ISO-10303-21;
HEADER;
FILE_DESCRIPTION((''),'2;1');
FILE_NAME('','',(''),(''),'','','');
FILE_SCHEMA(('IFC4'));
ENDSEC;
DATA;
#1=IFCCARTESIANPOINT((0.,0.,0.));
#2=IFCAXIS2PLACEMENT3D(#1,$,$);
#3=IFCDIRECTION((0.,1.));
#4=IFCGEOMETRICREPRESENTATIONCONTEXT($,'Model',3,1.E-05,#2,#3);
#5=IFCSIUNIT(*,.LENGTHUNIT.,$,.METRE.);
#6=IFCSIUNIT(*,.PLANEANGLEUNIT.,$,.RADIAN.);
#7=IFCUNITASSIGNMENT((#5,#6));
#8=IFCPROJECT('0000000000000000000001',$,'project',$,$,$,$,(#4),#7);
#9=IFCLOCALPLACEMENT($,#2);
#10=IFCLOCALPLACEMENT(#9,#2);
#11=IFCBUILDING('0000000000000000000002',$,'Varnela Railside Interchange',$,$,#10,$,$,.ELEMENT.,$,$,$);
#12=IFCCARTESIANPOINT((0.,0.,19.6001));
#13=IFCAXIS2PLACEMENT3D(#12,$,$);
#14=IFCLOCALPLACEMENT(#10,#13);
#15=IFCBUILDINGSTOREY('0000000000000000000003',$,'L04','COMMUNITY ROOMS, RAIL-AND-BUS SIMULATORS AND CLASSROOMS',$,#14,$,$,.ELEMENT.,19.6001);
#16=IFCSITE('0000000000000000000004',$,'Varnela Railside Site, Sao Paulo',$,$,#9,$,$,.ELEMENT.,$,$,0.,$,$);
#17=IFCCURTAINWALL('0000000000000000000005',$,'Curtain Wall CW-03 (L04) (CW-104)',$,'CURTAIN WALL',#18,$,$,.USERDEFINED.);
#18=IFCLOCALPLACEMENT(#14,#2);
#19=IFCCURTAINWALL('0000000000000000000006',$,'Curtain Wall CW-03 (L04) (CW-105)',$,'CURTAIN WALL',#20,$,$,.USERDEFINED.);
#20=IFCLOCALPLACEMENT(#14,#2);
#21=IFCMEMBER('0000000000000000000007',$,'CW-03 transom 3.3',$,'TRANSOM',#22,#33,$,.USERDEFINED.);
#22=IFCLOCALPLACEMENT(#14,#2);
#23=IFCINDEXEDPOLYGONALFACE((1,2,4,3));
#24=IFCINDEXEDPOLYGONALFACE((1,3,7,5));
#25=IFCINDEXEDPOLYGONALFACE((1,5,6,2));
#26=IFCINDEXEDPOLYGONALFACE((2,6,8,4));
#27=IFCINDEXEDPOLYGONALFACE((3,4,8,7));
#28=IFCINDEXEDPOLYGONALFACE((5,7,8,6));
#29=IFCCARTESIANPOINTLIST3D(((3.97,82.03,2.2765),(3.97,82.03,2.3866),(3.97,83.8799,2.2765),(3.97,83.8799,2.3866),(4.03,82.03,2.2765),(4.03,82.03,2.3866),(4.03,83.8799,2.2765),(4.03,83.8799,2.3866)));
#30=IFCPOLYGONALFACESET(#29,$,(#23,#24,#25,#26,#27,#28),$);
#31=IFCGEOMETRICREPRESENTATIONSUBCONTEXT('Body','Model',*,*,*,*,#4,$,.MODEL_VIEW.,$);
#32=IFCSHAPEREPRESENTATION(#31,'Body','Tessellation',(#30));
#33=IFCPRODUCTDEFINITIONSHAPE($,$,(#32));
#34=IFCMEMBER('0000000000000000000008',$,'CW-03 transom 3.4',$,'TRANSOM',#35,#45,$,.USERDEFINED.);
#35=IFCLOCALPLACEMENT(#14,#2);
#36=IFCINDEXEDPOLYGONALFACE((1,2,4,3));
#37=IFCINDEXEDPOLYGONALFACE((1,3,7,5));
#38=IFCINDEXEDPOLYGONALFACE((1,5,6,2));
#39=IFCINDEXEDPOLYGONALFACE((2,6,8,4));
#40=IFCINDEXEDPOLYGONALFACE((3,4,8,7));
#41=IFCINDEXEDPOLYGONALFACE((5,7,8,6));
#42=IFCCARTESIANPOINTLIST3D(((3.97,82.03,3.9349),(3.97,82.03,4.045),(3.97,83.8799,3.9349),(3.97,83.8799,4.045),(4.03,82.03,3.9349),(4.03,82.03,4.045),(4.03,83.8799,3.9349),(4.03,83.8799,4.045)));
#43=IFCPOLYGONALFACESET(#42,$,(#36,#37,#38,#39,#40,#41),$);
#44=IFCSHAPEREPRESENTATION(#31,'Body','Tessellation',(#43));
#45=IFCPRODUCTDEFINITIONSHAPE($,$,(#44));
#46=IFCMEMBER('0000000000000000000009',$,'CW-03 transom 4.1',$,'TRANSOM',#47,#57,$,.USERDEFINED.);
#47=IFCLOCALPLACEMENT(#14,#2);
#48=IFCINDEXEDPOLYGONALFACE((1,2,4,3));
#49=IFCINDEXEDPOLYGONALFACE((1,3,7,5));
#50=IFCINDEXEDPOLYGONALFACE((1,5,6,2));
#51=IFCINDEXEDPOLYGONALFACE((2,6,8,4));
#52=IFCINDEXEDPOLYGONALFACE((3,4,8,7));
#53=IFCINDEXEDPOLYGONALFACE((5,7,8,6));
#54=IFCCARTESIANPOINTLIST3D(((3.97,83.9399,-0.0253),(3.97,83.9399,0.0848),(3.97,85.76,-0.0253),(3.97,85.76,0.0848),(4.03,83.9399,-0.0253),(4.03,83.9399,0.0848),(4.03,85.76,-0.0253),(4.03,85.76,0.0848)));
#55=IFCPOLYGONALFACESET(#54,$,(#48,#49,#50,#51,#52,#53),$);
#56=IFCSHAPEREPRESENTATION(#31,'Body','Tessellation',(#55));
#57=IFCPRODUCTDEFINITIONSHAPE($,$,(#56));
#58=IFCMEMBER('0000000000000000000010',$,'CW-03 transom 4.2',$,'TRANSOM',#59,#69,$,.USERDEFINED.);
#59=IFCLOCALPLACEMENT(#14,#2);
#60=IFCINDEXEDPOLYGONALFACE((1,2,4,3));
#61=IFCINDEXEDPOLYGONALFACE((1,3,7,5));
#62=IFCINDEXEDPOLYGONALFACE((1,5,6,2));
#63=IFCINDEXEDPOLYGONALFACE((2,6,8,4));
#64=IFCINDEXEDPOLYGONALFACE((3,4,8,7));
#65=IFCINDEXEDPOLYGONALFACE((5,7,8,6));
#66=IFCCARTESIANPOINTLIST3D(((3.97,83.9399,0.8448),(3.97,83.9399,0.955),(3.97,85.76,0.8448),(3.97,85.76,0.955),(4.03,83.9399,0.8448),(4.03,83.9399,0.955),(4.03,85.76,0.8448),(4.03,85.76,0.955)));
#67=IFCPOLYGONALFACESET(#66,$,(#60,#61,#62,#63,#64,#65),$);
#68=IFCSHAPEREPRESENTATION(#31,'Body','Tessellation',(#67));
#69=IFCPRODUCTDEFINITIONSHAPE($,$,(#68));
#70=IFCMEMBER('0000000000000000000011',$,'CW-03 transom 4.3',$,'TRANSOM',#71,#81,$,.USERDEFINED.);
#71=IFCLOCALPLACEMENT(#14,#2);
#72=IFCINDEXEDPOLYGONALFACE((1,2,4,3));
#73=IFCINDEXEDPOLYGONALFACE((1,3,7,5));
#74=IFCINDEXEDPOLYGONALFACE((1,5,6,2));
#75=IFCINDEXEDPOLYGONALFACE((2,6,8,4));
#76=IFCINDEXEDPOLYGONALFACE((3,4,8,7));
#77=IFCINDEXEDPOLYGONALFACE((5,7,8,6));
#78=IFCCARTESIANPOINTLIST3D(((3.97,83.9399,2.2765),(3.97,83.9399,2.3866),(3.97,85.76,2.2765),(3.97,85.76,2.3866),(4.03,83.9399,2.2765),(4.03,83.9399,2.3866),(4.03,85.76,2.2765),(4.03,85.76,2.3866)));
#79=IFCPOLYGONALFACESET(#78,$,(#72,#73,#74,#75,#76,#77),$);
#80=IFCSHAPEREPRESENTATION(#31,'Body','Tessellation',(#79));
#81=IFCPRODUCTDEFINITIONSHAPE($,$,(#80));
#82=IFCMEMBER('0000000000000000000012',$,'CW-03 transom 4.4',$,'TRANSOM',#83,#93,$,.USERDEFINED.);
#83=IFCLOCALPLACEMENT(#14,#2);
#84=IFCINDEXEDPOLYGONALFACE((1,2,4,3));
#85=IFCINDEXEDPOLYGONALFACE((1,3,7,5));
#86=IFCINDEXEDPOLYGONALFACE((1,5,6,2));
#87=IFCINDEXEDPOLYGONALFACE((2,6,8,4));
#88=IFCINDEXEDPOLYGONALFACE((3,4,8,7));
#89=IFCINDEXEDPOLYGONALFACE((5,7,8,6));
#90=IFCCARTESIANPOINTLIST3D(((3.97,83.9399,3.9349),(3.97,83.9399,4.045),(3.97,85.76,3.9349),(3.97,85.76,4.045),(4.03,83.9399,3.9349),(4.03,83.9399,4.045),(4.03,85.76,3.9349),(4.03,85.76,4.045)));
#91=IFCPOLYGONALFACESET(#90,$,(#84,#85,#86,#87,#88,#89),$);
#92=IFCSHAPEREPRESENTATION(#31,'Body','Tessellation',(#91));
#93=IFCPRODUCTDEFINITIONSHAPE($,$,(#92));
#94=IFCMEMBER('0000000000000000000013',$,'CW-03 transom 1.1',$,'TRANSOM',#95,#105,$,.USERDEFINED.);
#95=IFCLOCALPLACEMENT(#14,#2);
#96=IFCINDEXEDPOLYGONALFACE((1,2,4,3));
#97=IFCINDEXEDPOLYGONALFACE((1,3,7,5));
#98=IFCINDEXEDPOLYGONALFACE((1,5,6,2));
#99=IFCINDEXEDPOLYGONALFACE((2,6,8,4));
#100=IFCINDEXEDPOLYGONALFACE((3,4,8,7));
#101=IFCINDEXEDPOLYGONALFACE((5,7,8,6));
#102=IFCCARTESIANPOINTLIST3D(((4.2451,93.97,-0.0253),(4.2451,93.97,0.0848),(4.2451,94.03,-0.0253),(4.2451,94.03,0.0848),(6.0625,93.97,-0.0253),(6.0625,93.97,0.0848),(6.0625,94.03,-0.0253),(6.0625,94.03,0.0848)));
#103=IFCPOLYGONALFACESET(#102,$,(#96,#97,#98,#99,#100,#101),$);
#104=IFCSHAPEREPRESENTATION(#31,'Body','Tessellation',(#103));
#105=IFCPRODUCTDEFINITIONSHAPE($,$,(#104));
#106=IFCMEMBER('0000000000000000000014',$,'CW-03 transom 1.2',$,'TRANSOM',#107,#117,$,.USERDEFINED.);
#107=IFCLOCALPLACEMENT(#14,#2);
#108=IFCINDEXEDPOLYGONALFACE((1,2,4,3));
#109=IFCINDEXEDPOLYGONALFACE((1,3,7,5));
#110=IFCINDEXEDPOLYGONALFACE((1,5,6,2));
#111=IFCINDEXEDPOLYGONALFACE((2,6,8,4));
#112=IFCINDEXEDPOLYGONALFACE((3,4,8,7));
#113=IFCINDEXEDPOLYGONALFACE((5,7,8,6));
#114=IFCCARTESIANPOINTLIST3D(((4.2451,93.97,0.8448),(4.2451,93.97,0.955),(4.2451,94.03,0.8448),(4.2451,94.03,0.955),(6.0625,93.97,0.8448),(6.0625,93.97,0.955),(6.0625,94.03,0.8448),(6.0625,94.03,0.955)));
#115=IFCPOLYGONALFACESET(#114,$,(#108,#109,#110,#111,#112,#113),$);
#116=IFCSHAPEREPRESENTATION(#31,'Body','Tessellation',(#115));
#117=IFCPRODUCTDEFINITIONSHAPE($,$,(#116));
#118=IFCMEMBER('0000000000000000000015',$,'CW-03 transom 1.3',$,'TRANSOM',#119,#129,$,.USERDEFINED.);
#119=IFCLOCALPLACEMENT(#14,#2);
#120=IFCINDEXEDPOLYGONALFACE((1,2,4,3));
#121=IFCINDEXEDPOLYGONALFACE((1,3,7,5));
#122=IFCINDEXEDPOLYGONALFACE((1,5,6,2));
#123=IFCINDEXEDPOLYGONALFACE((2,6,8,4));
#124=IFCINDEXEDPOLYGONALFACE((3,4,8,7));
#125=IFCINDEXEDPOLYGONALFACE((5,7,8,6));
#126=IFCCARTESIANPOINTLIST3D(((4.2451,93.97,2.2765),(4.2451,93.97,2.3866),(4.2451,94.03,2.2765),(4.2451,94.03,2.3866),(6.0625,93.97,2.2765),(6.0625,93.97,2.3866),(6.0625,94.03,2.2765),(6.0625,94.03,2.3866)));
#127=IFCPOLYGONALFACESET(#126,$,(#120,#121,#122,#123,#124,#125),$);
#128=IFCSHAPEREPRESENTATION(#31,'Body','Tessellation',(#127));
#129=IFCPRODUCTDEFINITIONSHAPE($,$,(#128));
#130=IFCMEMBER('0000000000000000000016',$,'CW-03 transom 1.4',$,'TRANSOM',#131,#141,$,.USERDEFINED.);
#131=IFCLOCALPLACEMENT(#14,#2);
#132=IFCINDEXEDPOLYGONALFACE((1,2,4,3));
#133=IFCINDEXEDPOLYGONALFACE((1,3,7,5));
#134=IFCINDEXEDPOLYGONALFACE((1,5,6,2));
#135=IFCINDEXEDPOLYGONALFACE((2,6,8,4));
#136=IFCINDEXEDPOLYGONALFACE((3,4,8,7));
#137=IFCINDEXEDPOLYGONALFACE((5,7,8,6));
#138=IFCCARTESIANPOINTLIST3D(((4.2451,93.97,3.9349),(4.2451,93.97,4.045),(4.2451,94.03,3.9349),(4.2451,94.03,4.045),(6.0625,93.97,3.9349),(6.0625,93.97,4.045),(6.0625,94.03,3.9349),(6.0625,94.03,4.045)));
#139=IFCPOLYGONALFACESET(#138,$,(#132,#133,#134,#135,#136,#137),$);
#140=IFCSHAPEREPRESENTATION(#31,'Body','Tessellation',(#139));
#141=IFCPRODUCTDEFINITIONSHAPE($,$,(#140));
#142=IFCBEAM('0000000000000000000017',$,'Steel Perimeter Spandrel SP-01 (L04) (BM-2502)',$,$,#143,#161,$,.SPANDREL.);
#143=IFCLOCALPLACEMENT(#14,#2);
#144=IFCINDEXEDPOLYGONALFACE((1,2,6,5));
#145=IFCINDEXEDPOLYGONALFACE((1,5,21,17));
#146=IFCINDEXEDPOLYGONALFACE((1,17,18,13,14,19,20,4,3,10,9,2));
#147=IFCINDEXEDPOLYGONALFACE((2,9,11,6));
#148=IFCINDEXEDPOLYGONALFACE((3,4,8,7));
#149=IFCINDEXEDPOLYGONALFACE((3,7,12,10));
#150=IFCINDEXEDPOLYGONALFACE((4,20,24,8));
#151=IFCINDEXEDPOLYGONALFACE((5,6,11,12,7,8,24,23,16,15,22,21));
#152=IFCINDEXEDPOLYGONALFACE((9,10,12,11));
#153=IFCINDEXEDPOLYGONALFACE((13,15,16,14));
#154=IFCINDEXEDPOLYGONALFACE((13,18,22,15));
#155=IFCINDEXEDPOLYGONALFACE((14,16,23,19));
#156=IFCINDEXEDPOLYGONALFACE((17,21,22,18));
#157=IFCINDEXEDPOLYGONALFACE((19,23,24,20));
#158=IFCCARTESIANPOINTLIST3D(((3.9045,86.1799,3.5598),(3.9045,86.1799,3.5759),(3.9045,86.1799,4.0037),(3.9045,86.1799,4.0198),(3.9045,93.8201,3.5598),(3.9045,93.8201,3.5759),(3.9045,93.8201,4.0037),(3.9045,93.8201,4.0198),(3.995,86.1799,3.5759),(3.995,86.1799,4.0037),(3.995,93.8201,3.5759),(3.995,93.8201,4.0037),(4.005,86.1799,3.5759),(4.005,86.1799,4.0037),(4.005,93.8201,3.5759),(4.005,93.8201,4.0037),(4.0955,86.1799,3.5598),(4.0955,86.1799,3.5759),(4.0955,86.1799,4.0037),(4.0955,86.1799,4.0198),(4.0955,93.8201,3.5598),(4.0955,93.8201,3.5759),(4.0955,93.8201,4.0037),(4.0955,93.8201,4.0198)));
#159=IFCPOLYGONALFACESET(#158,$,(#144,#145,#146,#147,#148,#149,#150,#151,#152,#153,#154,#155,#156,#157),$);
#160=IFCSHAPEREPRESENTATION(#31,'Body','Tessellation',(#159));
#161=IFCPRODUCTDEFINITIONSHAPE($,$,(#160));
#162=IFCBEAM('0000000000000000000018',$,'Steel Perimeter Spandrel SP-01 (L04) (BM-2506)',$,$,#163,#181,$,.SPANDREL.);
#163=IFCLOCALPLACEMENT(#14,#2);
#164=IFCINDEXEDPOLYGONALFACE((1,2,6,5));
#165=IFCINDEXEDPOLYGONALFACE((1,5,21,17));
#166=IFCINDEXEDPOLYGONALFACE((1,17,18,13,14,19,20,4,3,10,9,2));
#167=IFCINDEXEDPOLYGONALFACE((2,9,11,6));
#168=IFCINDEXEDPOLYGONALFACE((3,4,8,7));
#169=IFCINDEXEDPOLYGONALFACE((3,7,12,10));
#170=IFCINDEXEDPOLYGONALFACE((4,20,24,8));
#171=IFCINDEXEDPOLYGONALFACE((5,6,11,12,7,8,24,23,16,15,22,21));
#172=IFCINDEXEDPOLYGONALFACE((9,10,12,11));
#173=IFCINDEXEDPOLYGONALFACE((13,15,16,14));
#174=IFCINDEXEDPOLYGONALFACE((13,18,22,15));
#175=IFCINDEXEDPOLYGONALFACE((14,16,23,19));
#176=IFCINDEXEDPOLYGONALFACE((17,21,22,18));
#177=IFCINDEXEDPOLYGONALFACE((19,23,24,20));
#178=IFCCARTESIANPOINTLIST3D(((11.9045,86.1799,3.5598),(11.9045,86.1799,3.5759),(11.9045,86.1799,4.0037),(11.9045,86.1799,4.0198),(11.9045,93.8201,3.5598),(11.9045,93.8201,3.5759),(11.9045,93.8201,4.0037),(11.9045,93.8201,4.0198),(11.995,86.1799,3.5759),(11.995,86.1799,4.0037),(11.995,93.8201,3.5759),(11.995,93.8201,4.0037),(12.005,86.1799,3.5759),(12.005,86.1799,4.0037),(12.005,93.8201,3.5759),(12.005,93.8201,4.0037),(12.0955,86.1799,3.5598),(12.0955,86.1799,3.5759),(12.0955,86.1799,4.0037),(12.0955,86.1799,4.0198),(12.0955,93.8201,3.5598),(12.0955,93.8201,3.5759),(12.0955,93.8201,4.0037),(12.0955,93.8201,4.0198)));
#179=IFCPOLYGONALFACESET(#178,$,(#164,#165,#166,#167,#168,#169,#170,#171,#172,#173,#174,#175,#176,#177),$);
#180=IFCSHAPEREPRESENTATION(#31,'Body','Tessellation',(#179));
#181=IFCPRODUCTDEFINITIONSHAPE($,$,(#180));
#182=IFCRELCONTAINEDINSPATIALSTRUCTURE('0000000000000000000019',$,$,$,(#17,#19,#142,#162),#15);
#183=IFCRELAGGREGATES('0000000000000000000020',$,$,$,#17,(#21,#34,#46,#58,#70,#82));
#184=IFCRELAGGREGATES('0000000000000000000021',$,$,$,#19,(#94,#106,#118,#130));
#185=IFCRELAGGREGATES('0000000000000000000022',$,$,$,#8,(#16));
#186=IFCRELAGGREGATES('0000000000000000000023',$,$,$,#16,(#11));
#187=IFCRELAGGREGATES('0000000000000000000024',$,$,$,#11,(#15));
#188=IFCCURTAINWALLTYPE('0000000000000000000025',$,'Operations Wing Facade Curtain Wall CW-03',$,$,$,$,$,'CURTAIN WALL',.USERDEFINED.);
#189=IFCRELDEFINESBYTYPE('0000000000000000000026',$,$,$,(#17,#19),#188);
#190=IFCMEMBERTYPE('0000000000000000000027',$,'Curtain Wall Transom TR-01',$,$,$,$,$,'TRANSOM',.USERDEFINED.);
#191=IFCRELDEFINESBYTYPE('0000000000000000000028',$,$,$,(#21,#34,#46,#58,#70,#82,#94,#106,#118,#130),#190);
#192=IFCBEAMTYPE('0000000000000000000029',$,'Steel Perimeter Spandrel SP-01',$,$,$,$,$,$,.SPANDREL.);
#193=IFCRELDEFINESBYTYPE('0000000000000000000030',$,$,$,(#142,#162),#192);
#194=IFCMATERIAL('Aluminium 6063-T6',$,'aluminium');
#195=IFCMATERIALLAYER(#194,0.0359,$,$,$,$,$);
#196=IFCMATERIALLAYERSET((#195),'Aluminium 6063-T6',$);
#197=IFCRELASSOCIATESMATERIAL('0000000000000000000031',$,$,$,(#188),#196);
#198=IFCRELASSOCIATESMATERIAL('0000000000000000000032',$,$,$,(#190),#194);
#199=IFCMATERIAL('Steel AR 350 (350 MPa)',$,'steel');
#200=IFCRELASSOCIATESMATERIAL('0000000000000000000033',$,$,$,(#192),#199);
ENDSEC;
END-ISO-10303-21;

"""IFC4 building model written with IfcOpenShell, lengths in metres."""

from ifc_helpers import new_model, si_unit, direction, frame, origin, origin_2d, place, context, subcontext, project, spatial, rectangle, i_section, extrude, material, layer, layer_set, material_profile, profile_set, type_object, element, aggregate, save


model = new_model("IFC4")

# Units and contexts
model_context = context("Model", 3, precision=1e-05, world=origin(), true_north=direction((0.0, 1.0)))
body_context = subcontext(model_context, "Body", "Model", "MODEL_VIEW")
ifc_project = project(units=[si_unit("LENGTHUNIT", "METRE"), si_unit("PLANEANGLEUNIT", "RADIAN")], contexts=[model_context])

# Site, building, storey
site_placement = place(None, origin())
site = spatial("IfcSite", under=ifc_project, at=site_placement, Name="Varnela Railside Site, Sao Paulo", CompositionType="ELEMENT", RefElevation=0.0)
building_placement = place(site_placement, origin())
building = spatial("IfcBuilding", under=site, at=building_placement, Name="Varnela Railside Interchange", CompositionType="ELEMENT")
storey_placement = place(building_placement, frame((0.0, 0.0, 19.6001)))
storey = spatial("IfcBuildingStorey", under=building, at=storey_placement, Name="L04", Description="COMMUNITY ROOMS, RAIL-AND-BUS SIMULATORS AND CLASSROOMS", CompositionType="ELEMENT", Elevation=19.6001)

# Shared definitions
ifc_material_1 = material(Name="Steel AR 350 (350 MPa)", Category="steel")

# Curtain wall
ifc_material_2 = material(Name="Aluminium 6063-T6", Category="aluminium")
ifc_layer_1 = layer(ifc_material_2, 0.0359)
ifc_layer_set_1 = layer_set([ifc_layer_1], Name="Aluminium 6063-T6")
curtain_wall_type = type_object("IfcCurtainWallType", Name="Operations Wing Facade Curtain Wall CW-03", ElementType="CURTAIN WALL", PredefinedType="USERDEFINED", material=ifc_layer_set_1)
curtain_wall_1_placement = place(storey_placement, origin())
curtain_wall_1 = element("IfcCurtainWall", 1, at=curtain_wall_1_placement, inside=storey, type_object=curtain_wall_type, Name="Curtain Wall CW-03 (L04) (CW-104)", ObjectType="CURTAIN WALL", PredefinedType="USERDEFINED")

# Curtain wall
curtain_wall_2_placement = place(storey_placement, origin())
curtain_wall_2 = element("IfcCurtainWall", 2, at=curtain_wall_2_placement, inside=storey, type_object=curtain_wall_type, Name="Curtain Wall CW-03 (L04) (CW-105)", ObjectType="CURTAIN WALL", PredefinedType="USERDEFINED")

# Members
ifc_material_profile_1 = material_profile(ifc_material_2, rectangle(XDim=0.0601, YDim=0.1101, at=origin_2d()), Name="ALU 60x110")
ifc_profile_set_1 = profile_set([ifc_material_profile_1], Name="Aluminium 6063-T6")
member_type_1 = type_object("IfcMemberType", Name="Curtain Wall Transom TR-01", ElementType="TRANSOM", PredefinedType="USERDEFINED", material=ifc_profile_set_1)
member_1_placement = place(storey_placement, frame((4.0, 82.03, 2.3315), z_axis=(0.0, 1.0, 0.0), x_axis=(-1.0, 0.0, 0.0)))
member_1 = element("IfcMember", 3, at=member_1_placement, type_object=member_type_1, Name="CW-03 transom 3.3", ObjectType="TRANSOM", PredefinedType="USERDEFINED", context=body_context, shape_type="SweptSolid", body=[
    extrude(rectangle(XDim=0.0601, YDim=0.1101, at=origin_2d()), origin(), (0.0, 0.0, 1.0), 1.8499),
])
member_2_placement = place(storey_placement, frame((4.0, 82.03, 3.99), z_axis=(0.0, 1.0, 0.0), x_axis=(-1.0, 0.0, 0.0)))
member_2 = element("IfcMember", 4, at=member_2_placement, type_object=member_type_1, Name="CW-03 transom 3.4", ObjectType="TRANSOM", PredefinedType="USERDEFINED", context=body_context, shape_type="SweptSolid", body=[
    extrude(rectangle(XDim=0.0601, YDim=0.1101, at=origin_2d()), origin(), (0.0, 0.0, 1.0), 1.8499),
])
member_3_placement = place(storey_placement, frame((4.0, 83.9399, 0.0298), z_axis=(0.0, 1.0, 0.0), x_axis=(-1.0, 0.0, 0.0)))
member_3 = element("IfcMember", 5, at=member_3_placement, type_object=member_type_1, Name="CW-03 transom 4.1", ObjectType="TRANSOM", PredefinedType="USERDEFINED", context=body_context, shape_type="SweptSolid", body=[
    extrude(rectangle(XDim=0.0601, YDim=0.1101, at=origin_2d()), origin(), (0.0, 0.0, 1.0), 1.8201),
])
member_4_placement = place(storey_placement, frame((4.0, 83.9399, 0.8999), z_axis=(0.0, 1.0, 0.0), x_axis=(-1.0, 0.0, 0.0)))
member_4 = element("IfcMember", 6, at=member_4_placement, type_object=member_type_1, Name="CW-03 transom 4.2", ObjectType="TRANSOM", PredefinedType="USERDEFINED", context=body_context, shape_type="SweptSolid", body=[
    extrude(rectangle(XDim=0.0601, YDim=0.1101, at=origin_2d()), origin(), (0.0, 0.0, 1.0), 1.8201),
])
member_5_placement = place(storey_placement, frame((4.0, 83.9399, 2.3315), z_axis=(0.0, 1.0, 0.0), x_axis=(-1.0, 0.0, 0.0)))
member_5 = element("IfcMember", 7, at=member_5_placement, type_object=member_type_1, Name="CW-03 transom 4.3", ObjectType="TRANSOM", PredefinedType="USERDEFINED", context=body_context, shape_type="SweptSolid", body=[
    extrude(rectangle(XDim=0.0601, YDim=0.1101, at=origin_2d()), origin(), (0.0, 0.0, 1.0), 1.8201),
])
member_6_placement = place(storey_placement, frame((4.0, 83.9399, 3.99), z_axis=(0.0, 1.0, 0.0), x_axis=(-1.0, 0.0, 0.0)))
member_6 = element("IfcMember", 8, at=member_6_placement, type_object=member_type_1, Name="CW-03 transom 4.4", ObjectType="TRANSOM", PredefinedType="USERDEFINED", context=body_context, shape_type="SweptSolid", body=[
    extrude(rectangle(XDim=0.0601, YDim=0.1101, at=origin_2d()), origin(), (0.0, 0.0, 1.0), 1.8201),
])
member_7_placement = place(storey_placement, frame((4.2451, 94.0, 0.0298), z_axis=(1.0, 0.0, 0.0), x_axis=(0.0, 1.0, 0.0)))
member_7 = element("IfcMember", 9, at=member_7_placement, type_object=member_type_1, Name="CW-03 transom 1.1", ObjectType="TRANSOM", PredefinedType="USERDEFINED", context=body_context, shape_type="SweptSolid", body=[
    extrude(rectangle(XDim=0.0601, YDim=0.1101, at=origin_2d()), origin(), (0.0, 0.0, 1.0), 1.8174),
])
member_8_placement = place(storey_placement, frame((4.2451, 94.0, 0.8999), z_axis=(1.0, 0.0, 0.0), x_axis=(0.0, 1.0, 0.0)))
member_8 = element("IfcMember", 10, at=member_8_placement, type_object=member_type_1, Name="CW-03 transom 1.2", ObjectType="TRANSOM", PredefinedType="USERDEFINED", context=body_context, shape_type="SweptSolid", body=[
    extrude(rectangle(XDim=0.0601, YDim=0.1101, at=origin_2d()), origin(), (0.0, 0.0, 1.0), 1.8174),
])
member_9_placement = place(storey_placement, frame((4.2451, 94.0, 2.3315), z_axis=(1.0, 0.0, 0.0), x_axis=(0.0, 1.0, 0.0)))
member_9 = element("IfcMember", 11, at=member_9_placement, type_object=member_type_1, Name="CW-03 transom 1.3", ObjectType="TRANSOM", PredefinedType="USERDEFINED", context=body_context, shape_type="SweptSolid", body=[
    extrude(rectangle(XDim=0.0601, YDim=0.1101, at=origin_2d()), origin(), (0.0, 0.0, 1.0), 1.8174),
])
member_10_placement = place(storey_placement, frame((4.2451, 94.0, 3.99), z_axis=(1.0, 0.0, 0.0), x_axis=(0.0, 1.0, 0.0)))
member_10 = element("IfcMember", 12, at=member_10_placement, type_object=member_type_1, Name="CW-03 transom 1.4", ObjectType="TRANSOM", PredefinedType="USERDEFINED", context=body_context, shape_type="SweptSolid", body=[
    extrude(rectangle(XDim=0.0601, YDim=0.1101, at=origin_2d()), origin(), (0.0, 0.0, 1.0), 1.8174),
])

# Beams
ifc_material_profile_2 = material_profile(ifc_material_1, i_section(OverallWidth=0.1909, OverallDepth=0.46, WebThickness=0.01, FlangeThickness=0.0161, at=origin_2d()), Name="W460x82")
ifc_profile_set_2 = profile_set([ifc_material_profile_2], Name="Steel AR 350 (350 MPa)")
beam_type_1 = type_object("IfcBeamType", Name="Steel Perimeter Spandrel SP-01", PredefinedType="SPANDREL", material=ifc_profile_set_2)
for number, where, z_axis, x_axis, name in (
    (13, (4.0, 86.1799, 3.7898), (0.0, 1.0, 0.0), (-1.0, 0.0, 0.0), "Steel Perimeter Spandrel SP-01 (L04) (BM-2502)"),
    (14, (12.0, 86.1799, 3.7898), (0.0, 1.0, 0.0), (-1.0, 0.0, 0.0), "Steel Perimeter Spandrel SP-01 (L04) (BM-2506)"),
):
    element("IfcBeam", number, at=place(storey_placement, frame(where, z_axis=z_axis, x_axis=x_axis)), inside=storey, type_object=beam_type_1, Name=name, PredefinedType="SPANDREL", context=body_context, shape_type="SweptSolid", body=[
        extrude(i_section(OverallWidth=0.1909, OverallDepth=0.46, WebThickness=0.01, FlangeThickness=0.0161, at=origin_2d()), origin(), (0.0, 0.0, 1.0), 7.6401),
    ])

aggregate(curtain_wall_1, [member_1, member_2, member_3, member_4, member_5, member_6])
aggregate(curtain_wall_2, [member_7, member_8, member_9, member_10])

save(model, "model.ifc")
